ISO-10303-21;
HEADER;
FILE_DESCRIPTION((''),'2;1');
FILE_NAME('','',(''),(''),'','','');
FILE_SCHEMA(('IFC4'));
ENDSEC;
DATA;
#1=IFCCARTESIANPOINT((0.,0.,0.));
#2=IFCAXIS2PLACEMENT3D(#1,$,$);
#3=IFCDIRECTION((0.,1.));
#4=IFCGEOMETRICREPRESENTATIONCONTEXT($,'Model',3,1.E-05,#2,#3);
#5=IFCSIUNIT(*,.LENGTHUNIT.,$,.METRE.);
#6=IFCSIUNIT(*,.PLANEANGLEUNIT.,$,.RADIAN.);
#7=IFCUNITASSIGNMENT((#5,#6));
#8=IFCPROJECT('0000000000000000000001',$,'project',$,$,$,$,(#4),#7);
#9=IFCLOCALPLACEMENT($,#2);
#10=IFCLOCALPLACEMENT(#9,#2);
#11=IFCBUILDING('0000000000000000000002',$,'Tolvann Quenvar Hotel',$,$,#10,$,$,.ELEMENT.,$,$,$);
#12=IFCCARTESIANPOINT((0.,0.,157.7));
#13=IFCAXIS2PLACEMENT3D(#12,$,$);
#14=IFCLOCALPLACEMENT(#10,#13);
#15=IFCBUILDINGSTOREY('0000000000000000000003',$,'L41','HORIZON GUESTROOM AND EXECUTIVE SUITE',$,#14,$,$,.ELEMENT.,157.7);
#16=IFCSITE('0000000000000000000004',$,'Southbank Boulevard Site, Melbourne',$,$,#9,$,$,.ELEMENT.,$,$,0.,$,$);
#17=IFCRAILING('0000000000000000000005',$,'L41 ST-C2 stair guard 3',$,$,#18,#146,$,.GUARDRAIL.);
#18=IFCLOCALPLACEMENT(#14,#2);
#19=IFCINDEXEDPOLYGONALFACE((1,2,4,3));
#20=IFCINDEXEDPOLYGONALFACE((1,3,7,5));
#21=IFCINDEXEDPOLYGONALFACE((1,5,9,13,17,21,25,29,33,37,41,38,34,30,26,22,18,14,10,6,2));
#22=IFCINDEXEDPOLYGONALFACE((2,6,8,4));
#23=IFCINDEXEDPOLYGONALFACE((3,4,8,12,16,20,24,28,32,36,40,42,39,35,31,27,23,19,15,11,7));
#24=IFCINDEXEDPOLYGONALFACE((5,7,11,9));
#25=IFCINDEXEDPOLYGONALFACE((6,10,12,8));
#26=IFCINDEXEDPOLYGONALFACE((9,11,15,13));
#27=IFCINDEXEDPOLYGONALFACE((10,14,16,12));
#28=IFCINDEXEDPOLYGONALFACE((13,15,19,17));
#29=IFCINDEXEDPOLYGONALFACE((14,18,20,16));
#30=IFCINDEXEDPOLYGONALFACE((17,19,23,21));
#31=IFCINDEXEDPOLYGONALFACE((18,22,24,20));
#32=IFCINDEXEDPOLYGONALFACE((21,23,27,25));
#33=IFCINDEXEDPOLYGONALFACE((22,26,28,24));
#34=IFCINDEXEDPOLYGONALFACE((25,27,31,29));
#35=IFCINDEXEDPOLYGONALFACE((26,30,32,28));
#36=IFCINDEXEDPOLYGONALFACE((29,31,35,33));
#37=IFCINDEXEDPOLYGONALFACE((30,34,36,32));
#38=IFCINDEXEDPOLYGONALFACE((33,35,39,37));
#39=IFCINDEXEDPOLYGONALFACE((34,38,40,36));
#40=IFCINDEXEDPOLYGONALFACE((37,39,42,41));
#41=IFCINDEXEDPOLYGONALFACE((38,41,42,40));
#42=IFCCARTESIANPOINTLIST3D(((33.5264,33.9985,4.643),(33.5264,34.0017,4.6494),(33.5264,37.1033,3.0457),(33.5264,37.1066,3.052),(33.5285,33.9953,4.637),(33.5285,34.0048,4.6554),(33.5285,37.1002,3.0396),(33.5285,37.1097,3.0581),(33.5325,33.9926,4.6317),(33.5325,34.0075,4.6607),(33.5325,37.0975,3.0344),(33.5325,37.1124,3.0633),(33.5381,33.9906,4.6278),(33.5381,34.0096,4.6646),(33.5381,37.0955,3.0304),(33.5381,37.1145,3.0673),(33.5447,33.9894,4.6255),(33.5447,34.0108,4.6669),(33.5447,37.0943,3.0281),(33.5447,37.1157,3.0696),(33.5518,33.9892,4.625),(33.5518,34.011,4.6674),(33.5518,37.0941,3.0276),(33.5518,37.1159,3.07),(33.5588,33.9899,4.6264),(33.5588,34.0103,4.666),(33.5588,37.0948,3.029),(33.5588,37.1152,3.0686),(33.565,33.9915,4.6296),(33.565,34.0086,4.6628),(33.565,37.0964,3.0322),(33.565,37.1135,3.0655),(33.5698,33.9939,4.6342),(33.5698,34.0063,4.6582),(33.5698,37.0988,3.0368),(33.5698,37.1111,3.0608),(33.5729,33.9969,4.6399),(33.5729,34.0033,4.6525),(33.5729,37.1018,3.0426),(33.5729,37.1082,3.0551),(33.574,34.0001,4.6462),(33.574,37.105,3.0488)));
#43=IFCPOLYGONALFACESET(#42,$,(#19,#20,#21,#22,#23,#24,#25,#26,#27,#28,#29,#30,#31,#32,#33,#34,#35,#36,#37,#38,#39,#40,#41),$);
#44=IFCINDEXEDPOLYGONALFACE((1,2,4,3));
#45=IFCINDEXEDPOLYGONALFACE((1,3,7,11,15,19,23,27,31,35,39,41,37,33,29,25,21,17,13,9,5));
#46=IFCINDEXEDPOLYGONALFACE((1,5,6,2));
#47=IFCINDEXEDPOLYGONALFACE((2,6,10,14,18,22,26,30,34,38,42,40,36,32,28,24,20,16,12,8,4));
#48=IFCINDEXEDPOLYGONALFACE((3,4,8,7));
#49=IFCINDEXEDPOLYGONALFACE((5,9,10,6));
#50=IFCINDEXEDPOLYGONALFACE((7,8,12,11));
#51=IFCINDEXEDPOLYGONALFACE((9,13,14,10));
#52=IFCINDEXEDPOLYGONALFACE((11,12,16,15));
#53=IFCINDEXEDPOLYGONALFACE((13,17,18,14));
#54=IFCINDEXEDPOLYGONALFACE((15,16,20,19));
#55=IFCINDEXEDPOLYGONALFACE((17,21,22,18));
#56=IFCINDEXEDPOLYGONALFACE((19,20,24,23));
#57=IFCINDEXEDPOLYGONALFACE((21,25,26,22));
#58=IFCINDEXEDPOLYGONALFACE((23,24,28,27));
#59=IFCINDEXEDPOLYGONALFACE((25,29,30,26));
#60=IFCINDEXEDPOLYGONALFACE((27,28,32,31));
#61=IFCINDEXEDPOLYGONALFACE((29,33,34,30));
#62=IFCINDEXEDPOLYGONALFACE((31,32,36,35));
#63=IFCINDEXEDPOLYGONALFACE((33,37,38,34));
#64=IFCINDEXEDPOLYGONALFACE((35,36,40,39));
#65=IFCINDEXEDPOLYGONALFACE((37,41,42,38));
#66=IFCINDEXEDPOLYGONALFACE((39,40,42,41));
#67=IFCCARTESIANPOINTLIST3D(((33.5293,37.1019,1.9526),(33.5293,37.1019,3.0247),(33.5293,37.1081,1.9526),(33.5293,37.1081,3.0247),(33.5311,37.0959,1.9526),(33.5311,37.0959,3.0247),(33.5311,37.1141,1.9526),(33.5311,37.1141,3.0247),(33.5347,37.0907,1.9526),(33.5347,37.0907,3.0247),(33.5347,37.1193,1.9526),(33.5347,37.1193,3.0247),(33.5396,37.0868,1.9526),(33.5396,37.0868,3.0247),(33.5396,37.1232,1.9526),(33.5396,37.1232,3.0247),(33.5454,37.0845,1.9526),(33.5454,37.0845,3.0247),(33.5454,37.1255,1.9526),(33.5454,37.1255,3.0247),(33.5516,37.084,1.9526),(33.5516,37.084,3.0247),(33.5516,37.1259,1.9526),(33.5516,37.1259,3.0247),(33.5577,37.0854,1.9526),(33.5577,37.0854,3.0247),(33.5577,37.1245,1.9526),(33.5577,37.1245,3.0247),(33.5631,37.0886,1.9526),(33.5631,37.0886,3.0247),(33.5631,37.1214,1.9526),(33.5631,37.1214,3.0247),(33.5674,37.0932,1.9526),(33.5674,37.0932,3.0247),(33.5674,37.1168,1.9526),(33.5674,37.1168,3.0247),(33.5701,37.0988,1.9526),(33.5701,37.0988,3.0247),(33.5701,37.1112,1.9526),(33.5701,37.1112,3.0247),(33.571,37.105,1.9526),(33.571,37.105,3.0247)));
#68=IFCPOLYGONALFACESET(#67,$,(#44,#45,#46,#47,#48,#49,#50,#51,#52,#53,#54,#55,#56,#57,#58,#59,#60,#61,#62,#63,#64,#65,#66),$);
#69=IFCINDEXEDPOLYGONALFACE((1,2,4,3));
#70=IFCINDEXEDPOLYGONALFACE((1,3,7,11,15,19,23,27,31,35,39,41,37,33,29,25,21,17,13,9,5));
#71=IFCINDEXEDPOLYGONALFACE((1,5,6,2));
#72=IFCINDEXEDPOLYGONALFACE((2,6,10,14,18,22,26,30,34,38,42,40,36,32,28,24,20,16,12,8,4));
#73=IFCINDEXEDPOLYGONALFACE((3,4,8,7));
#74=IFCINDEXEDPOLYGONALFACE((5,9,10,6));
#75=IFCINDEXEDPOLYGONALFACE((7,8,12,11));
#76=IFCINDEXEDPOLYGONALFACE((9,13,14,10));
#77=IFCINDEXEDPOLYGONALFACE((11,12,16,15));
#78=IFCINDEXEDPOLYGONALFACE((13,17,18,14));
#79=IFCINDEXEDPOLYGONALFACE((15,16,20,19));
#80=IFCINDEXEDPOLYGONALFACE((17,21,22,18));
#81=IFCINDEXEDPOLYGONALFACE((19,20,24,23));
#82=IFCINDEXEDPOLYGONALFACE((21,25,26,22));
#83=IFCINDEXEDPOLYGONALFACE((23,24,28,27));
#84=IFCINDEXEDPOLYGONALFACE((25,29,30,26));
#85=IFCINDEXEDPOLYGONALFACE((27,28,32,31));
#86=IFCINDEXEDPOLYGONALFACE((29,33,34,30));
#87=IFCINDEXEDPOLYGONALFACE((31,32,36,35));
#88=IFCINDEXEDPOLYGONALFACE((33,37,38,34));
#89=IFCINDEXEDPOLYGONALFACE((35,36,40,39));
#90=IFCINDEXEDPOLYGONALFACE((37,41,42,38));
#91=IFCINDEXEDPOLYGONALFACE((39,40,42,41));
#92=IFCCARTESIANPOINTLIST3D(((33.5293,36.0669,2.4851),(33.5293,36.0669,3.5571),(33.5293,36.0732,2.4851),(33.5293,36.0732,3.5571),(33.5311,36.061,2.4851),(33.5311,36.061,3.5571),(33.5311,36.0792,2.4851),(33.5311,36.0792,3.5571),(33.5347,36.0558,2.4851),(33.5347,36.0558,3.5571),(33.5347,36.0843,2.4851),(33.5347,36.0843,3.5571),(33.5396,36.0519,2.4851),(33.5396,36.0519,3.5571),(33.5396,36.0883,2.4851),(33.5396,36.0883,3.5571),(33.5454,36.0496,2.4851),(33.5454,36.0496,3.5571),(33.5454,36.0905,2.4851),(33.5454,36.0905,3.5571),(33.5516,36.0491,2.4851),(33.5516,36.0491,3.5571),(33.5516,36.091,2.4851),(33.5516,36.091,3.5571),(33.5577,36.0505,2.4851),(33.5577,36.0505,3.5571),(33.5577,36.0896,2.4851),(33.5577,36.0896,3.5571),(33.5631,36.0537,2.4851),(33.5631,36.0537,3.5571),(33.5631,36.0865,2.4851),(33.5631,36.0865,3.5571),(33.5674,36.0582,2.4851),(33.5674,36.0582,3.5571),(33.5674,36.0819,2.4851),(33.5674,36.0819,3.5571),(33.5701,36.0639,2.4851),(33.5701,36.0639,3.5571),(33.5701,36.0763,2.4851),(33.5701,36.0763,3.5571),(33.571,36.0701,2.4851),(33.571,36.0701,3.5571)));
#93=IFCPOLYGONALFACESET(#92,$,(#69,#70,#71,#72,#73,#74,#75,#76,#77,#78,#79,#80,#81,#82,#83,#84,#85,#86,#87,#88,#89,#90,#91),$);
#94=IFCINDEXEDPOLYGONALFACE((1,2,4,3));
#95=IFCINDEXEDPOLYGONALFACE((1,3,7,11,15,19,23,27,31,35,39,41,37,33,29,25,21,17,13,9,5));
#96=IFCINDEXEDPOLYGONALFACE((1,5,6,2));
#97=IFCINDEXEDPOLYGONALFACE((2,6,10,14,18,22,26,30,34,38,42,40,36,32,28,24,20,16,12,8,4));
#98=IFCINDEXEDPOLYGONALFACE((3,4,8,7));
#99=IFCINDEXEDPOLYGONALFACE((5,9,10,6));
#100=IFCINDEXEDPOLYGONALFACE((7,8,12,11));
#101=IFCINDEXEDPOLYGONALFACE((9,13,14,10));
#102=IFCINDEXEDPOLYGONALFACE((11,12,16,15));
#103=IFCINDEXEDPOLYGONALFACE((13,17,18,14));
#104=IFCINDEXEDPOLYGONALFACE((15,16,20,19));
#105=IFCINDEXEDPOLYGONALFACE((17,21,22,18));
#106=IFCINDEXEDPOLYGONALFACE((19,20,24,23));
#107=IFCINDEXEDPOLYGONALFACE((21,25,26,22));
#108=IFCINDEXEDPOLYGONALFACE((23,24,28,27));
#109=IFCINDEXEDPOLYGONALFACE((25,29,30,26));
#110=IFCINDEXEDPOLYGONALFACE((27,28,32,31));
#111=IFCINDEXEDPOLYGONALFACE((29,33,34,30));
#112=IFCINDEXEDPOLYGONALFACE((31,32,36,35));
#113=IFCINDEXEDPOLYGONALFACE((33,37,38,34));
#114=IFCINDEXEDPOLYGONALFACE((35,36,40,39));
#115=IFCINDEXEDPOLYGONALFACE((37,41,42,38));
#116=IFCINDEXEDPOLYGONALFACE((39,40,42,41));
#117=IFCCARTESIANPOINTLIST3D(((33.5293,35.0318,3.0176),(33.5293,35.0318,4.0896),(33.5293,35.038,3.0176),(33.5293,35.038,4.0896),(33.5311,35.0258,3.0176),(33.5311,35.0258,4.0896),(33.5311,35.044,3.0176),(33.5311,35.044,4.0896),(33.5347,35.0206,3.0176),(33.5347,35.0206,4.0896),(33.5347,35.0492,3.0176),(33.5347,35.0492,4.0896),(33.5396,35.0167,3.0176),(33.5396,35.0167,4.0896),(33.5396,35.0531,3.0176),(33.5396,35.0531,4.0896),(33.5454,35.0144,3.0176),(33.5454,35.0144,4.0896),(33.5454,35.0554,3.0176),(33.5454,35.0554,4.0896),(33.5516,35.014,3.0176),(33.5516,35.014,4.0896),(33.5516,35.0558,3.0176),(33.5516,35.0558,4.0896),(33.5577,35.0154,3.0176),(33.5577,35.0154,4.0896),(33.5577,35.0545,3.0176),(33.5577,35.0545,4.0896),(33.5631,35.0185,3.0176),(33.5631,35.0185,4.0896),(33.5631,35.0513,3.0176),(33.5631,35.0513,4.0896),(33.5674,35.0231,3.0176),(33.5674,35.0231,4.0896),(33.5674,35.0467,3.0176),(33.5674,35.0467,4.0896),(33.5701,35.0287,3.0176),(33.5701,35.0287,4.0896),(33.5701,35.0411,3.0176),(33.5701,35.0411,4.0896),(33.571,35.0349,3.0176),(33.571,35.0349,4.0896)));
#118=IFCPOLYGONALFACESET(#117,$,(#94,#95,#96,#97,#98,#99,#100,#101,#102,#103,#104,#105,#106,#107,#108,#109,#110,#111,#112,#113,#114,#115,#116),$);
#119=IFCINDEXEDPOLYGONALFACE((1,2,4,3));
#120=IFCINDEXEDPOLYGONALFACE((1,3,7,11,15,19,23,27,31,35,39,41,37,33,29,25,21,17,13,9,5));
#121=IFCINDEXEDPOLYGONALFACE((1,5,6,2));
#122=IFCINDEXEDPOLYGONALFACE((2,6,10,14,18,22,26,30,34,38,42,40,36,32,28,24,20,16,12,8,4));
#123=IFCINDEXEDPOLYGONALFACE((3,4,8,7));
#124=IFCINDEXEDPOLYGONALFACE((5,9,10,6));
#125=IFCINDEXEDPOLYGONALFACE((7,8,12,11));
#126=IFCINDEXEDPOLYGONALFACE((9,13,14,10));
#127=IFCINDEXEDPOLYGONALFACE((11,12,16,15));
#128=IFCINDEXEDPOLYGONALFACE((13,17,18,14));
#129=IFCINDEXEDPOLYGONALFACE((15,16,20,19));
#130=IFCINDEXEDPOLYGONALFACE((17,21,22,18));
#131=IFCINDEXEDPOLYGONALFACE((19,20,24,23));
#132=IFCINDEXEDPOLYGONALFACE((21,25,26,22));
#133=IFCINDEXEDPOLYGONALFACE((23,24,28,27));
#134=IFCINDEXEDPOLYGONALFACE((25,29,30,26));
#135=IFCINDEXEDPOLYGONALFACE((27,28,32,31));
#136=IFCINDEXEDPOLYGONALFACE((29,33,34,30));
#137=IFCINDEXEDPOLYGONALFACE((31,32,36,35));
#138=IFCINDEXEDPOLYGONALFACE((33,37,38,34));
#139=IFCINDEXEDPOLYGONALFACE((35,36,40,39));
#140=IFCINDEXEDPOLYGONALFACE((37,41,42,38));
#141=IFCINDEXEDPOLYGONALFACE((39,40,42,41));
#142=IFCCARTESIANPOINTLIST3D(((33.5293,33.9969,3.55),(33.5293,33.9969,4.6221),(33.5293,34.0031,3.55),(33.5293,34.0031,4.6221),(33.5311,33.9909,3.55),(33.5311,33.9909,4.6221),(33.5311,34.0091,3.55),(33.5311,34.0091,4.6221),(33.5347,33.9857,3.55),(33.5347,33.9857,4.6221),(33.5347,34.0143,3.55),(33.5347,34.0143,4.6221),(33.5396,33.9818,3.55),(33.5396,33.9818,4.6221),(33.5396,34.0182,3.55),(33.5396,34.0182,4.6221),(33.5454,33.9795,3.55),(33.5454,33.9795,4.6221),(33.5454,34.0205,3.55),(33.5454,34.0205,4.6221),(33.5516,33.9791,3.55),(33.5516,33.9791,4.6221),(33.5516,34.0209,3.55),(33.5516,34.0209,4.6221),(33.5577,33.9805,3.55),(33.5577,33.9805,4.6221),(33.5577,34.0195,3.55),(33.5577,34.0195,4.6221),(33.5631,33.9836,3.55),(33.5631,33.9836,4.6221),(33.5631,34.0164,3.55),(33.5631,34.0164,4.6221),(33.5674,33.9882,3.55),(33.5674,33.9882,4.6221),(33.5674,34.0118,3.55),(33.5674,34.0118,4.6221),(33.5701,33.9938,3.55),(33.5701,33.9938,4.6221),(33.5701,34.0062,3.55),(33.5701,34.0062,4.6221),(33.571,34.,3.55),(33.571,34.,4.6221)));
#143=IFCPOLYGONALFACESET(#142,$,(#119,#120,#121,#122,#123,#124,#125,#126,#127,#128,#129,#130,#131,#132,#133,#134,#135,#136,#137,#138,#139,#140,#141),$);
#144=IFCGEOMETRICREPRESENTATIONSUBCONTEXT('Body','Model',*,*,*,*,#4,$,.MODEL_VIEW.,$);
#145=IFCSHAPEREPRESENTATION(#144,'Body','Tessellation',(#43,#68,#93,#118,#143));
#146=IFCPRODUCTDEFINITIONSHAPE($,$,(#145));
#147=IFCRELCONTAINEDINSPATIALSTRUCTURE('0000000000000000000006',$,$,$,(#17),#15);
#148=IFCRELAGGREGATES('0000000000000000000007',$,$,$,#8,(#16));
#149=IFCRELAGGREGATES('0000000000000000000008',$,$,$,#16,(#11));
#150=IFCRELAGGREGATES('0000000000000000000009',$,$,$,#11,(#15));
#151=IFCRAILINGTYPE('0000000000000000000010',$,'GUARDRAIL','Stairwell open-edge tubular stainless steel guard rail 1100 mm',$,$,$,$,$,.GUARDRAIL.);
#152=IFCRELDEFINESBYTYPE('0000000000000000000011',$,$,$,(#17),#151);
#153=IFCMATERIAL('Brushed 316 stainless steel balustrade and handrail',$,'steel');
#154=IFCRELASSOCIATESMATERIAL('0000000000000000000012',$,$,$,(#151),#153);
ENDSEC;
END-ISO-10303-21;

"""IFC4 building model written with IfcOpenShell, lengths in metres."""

from ifc_helpers import new_model, si_unit, direction, frame, origin, origin_2d, place, context, subcontext, project, spatial, circle, extrude, material, type_object, element, save


model = new_model("IFC4")

# Units and contexts
model_context = context("Model", 3, precision=1e-05, world=origin(), true_north=direction((0.0, 1.0)))
body_context = subcontext(model_context, "Body", "Model", "MODEL_VIEW")
ifc_project = project(units=[si_unit("LENGTHUNIT", "METRE"), si_unit("PLANEANGLEUNIT", "RADIAN")], contexts=[model_context])

# Site, building, storey
site_placement = place(None, origin())
site = spatial("IfcSite", under=ifc_project, at=site_placement, Name="Southbank Boulevard Site, Melbourne", CompositionType="ELEMENT", RefElevation=0.0)
building_placement = place(site_placement, origin())
building = spatial("IfcBuilding", under=site, at=building_placement, Name="Tolvann Quenvar Hotel", CompositionType="ELEMENT")
storey_placement = place(building_placement, frame((0.0, 0.0, 157.7)))
storey = spatial("IfcBuildingStorey", under=building, at=storey_placement, Name="L41", Description="HORIZON GUESTROOM AND EXECUTIVE SUITE", CompositionType="ELEMENT", Elevation=157.7)

# Railing
ifc_material_1 = material(Name="Brushed 316 stainless steel balustrade and handrail", Category="steel")
railing_type_1 = type_object("IfcRailingType", Name="GUARDRAIL", Description="Stairwell open-edge tubular stainless steel guard rail 1100 mm", PredefinedType="GUARDRAIL", material=ifc_material_1)
railing_1_placement = place(storey_placement, frame((33.55, 37.105, 1.9526)))
element("IfcRailing", 1, at=railing_1_placement, inside=storey, type_object=railing_type_1, Name="L41 ST-C2 stair guard 3", PredefinedType="GUARDRAIL", context=body_context, shape_type="SweptSolid", body=[
    extrude(circle(Radius=0.0239, at=origin_2d()), frame((0.0, 0.0, 1.0962), z_axis=(0.0, -0.889222, 0.457476), x_axis=(1.0, 0.0, 0.0)), (0.0, 0.0, 1.0), 3.4917),
    extrude(circle(Radius=0.021, at=origin_2d()), origin(), (0.0, 0.0, 1.0), 1.072),
    extrude(circle(Radius=0.021, at=origin_2d()), frame((0.0, -1.0349, 0.5325)), (0.0, 0.0, 1.0), 1.072),
    extrude(circle(Radius=0.021, at=origin_2d()), frame((0.0, -2.0701, 1.0649)), (0.0, 0.0, 1.0), 1.072),
    extrude(circle(Radius=0.021, at=origin_2d()), frame((0.0, -3.105, 1.5974)), (0.0, 0.0, 1.0), 1.072),
])

save(model, "model.ifc")
